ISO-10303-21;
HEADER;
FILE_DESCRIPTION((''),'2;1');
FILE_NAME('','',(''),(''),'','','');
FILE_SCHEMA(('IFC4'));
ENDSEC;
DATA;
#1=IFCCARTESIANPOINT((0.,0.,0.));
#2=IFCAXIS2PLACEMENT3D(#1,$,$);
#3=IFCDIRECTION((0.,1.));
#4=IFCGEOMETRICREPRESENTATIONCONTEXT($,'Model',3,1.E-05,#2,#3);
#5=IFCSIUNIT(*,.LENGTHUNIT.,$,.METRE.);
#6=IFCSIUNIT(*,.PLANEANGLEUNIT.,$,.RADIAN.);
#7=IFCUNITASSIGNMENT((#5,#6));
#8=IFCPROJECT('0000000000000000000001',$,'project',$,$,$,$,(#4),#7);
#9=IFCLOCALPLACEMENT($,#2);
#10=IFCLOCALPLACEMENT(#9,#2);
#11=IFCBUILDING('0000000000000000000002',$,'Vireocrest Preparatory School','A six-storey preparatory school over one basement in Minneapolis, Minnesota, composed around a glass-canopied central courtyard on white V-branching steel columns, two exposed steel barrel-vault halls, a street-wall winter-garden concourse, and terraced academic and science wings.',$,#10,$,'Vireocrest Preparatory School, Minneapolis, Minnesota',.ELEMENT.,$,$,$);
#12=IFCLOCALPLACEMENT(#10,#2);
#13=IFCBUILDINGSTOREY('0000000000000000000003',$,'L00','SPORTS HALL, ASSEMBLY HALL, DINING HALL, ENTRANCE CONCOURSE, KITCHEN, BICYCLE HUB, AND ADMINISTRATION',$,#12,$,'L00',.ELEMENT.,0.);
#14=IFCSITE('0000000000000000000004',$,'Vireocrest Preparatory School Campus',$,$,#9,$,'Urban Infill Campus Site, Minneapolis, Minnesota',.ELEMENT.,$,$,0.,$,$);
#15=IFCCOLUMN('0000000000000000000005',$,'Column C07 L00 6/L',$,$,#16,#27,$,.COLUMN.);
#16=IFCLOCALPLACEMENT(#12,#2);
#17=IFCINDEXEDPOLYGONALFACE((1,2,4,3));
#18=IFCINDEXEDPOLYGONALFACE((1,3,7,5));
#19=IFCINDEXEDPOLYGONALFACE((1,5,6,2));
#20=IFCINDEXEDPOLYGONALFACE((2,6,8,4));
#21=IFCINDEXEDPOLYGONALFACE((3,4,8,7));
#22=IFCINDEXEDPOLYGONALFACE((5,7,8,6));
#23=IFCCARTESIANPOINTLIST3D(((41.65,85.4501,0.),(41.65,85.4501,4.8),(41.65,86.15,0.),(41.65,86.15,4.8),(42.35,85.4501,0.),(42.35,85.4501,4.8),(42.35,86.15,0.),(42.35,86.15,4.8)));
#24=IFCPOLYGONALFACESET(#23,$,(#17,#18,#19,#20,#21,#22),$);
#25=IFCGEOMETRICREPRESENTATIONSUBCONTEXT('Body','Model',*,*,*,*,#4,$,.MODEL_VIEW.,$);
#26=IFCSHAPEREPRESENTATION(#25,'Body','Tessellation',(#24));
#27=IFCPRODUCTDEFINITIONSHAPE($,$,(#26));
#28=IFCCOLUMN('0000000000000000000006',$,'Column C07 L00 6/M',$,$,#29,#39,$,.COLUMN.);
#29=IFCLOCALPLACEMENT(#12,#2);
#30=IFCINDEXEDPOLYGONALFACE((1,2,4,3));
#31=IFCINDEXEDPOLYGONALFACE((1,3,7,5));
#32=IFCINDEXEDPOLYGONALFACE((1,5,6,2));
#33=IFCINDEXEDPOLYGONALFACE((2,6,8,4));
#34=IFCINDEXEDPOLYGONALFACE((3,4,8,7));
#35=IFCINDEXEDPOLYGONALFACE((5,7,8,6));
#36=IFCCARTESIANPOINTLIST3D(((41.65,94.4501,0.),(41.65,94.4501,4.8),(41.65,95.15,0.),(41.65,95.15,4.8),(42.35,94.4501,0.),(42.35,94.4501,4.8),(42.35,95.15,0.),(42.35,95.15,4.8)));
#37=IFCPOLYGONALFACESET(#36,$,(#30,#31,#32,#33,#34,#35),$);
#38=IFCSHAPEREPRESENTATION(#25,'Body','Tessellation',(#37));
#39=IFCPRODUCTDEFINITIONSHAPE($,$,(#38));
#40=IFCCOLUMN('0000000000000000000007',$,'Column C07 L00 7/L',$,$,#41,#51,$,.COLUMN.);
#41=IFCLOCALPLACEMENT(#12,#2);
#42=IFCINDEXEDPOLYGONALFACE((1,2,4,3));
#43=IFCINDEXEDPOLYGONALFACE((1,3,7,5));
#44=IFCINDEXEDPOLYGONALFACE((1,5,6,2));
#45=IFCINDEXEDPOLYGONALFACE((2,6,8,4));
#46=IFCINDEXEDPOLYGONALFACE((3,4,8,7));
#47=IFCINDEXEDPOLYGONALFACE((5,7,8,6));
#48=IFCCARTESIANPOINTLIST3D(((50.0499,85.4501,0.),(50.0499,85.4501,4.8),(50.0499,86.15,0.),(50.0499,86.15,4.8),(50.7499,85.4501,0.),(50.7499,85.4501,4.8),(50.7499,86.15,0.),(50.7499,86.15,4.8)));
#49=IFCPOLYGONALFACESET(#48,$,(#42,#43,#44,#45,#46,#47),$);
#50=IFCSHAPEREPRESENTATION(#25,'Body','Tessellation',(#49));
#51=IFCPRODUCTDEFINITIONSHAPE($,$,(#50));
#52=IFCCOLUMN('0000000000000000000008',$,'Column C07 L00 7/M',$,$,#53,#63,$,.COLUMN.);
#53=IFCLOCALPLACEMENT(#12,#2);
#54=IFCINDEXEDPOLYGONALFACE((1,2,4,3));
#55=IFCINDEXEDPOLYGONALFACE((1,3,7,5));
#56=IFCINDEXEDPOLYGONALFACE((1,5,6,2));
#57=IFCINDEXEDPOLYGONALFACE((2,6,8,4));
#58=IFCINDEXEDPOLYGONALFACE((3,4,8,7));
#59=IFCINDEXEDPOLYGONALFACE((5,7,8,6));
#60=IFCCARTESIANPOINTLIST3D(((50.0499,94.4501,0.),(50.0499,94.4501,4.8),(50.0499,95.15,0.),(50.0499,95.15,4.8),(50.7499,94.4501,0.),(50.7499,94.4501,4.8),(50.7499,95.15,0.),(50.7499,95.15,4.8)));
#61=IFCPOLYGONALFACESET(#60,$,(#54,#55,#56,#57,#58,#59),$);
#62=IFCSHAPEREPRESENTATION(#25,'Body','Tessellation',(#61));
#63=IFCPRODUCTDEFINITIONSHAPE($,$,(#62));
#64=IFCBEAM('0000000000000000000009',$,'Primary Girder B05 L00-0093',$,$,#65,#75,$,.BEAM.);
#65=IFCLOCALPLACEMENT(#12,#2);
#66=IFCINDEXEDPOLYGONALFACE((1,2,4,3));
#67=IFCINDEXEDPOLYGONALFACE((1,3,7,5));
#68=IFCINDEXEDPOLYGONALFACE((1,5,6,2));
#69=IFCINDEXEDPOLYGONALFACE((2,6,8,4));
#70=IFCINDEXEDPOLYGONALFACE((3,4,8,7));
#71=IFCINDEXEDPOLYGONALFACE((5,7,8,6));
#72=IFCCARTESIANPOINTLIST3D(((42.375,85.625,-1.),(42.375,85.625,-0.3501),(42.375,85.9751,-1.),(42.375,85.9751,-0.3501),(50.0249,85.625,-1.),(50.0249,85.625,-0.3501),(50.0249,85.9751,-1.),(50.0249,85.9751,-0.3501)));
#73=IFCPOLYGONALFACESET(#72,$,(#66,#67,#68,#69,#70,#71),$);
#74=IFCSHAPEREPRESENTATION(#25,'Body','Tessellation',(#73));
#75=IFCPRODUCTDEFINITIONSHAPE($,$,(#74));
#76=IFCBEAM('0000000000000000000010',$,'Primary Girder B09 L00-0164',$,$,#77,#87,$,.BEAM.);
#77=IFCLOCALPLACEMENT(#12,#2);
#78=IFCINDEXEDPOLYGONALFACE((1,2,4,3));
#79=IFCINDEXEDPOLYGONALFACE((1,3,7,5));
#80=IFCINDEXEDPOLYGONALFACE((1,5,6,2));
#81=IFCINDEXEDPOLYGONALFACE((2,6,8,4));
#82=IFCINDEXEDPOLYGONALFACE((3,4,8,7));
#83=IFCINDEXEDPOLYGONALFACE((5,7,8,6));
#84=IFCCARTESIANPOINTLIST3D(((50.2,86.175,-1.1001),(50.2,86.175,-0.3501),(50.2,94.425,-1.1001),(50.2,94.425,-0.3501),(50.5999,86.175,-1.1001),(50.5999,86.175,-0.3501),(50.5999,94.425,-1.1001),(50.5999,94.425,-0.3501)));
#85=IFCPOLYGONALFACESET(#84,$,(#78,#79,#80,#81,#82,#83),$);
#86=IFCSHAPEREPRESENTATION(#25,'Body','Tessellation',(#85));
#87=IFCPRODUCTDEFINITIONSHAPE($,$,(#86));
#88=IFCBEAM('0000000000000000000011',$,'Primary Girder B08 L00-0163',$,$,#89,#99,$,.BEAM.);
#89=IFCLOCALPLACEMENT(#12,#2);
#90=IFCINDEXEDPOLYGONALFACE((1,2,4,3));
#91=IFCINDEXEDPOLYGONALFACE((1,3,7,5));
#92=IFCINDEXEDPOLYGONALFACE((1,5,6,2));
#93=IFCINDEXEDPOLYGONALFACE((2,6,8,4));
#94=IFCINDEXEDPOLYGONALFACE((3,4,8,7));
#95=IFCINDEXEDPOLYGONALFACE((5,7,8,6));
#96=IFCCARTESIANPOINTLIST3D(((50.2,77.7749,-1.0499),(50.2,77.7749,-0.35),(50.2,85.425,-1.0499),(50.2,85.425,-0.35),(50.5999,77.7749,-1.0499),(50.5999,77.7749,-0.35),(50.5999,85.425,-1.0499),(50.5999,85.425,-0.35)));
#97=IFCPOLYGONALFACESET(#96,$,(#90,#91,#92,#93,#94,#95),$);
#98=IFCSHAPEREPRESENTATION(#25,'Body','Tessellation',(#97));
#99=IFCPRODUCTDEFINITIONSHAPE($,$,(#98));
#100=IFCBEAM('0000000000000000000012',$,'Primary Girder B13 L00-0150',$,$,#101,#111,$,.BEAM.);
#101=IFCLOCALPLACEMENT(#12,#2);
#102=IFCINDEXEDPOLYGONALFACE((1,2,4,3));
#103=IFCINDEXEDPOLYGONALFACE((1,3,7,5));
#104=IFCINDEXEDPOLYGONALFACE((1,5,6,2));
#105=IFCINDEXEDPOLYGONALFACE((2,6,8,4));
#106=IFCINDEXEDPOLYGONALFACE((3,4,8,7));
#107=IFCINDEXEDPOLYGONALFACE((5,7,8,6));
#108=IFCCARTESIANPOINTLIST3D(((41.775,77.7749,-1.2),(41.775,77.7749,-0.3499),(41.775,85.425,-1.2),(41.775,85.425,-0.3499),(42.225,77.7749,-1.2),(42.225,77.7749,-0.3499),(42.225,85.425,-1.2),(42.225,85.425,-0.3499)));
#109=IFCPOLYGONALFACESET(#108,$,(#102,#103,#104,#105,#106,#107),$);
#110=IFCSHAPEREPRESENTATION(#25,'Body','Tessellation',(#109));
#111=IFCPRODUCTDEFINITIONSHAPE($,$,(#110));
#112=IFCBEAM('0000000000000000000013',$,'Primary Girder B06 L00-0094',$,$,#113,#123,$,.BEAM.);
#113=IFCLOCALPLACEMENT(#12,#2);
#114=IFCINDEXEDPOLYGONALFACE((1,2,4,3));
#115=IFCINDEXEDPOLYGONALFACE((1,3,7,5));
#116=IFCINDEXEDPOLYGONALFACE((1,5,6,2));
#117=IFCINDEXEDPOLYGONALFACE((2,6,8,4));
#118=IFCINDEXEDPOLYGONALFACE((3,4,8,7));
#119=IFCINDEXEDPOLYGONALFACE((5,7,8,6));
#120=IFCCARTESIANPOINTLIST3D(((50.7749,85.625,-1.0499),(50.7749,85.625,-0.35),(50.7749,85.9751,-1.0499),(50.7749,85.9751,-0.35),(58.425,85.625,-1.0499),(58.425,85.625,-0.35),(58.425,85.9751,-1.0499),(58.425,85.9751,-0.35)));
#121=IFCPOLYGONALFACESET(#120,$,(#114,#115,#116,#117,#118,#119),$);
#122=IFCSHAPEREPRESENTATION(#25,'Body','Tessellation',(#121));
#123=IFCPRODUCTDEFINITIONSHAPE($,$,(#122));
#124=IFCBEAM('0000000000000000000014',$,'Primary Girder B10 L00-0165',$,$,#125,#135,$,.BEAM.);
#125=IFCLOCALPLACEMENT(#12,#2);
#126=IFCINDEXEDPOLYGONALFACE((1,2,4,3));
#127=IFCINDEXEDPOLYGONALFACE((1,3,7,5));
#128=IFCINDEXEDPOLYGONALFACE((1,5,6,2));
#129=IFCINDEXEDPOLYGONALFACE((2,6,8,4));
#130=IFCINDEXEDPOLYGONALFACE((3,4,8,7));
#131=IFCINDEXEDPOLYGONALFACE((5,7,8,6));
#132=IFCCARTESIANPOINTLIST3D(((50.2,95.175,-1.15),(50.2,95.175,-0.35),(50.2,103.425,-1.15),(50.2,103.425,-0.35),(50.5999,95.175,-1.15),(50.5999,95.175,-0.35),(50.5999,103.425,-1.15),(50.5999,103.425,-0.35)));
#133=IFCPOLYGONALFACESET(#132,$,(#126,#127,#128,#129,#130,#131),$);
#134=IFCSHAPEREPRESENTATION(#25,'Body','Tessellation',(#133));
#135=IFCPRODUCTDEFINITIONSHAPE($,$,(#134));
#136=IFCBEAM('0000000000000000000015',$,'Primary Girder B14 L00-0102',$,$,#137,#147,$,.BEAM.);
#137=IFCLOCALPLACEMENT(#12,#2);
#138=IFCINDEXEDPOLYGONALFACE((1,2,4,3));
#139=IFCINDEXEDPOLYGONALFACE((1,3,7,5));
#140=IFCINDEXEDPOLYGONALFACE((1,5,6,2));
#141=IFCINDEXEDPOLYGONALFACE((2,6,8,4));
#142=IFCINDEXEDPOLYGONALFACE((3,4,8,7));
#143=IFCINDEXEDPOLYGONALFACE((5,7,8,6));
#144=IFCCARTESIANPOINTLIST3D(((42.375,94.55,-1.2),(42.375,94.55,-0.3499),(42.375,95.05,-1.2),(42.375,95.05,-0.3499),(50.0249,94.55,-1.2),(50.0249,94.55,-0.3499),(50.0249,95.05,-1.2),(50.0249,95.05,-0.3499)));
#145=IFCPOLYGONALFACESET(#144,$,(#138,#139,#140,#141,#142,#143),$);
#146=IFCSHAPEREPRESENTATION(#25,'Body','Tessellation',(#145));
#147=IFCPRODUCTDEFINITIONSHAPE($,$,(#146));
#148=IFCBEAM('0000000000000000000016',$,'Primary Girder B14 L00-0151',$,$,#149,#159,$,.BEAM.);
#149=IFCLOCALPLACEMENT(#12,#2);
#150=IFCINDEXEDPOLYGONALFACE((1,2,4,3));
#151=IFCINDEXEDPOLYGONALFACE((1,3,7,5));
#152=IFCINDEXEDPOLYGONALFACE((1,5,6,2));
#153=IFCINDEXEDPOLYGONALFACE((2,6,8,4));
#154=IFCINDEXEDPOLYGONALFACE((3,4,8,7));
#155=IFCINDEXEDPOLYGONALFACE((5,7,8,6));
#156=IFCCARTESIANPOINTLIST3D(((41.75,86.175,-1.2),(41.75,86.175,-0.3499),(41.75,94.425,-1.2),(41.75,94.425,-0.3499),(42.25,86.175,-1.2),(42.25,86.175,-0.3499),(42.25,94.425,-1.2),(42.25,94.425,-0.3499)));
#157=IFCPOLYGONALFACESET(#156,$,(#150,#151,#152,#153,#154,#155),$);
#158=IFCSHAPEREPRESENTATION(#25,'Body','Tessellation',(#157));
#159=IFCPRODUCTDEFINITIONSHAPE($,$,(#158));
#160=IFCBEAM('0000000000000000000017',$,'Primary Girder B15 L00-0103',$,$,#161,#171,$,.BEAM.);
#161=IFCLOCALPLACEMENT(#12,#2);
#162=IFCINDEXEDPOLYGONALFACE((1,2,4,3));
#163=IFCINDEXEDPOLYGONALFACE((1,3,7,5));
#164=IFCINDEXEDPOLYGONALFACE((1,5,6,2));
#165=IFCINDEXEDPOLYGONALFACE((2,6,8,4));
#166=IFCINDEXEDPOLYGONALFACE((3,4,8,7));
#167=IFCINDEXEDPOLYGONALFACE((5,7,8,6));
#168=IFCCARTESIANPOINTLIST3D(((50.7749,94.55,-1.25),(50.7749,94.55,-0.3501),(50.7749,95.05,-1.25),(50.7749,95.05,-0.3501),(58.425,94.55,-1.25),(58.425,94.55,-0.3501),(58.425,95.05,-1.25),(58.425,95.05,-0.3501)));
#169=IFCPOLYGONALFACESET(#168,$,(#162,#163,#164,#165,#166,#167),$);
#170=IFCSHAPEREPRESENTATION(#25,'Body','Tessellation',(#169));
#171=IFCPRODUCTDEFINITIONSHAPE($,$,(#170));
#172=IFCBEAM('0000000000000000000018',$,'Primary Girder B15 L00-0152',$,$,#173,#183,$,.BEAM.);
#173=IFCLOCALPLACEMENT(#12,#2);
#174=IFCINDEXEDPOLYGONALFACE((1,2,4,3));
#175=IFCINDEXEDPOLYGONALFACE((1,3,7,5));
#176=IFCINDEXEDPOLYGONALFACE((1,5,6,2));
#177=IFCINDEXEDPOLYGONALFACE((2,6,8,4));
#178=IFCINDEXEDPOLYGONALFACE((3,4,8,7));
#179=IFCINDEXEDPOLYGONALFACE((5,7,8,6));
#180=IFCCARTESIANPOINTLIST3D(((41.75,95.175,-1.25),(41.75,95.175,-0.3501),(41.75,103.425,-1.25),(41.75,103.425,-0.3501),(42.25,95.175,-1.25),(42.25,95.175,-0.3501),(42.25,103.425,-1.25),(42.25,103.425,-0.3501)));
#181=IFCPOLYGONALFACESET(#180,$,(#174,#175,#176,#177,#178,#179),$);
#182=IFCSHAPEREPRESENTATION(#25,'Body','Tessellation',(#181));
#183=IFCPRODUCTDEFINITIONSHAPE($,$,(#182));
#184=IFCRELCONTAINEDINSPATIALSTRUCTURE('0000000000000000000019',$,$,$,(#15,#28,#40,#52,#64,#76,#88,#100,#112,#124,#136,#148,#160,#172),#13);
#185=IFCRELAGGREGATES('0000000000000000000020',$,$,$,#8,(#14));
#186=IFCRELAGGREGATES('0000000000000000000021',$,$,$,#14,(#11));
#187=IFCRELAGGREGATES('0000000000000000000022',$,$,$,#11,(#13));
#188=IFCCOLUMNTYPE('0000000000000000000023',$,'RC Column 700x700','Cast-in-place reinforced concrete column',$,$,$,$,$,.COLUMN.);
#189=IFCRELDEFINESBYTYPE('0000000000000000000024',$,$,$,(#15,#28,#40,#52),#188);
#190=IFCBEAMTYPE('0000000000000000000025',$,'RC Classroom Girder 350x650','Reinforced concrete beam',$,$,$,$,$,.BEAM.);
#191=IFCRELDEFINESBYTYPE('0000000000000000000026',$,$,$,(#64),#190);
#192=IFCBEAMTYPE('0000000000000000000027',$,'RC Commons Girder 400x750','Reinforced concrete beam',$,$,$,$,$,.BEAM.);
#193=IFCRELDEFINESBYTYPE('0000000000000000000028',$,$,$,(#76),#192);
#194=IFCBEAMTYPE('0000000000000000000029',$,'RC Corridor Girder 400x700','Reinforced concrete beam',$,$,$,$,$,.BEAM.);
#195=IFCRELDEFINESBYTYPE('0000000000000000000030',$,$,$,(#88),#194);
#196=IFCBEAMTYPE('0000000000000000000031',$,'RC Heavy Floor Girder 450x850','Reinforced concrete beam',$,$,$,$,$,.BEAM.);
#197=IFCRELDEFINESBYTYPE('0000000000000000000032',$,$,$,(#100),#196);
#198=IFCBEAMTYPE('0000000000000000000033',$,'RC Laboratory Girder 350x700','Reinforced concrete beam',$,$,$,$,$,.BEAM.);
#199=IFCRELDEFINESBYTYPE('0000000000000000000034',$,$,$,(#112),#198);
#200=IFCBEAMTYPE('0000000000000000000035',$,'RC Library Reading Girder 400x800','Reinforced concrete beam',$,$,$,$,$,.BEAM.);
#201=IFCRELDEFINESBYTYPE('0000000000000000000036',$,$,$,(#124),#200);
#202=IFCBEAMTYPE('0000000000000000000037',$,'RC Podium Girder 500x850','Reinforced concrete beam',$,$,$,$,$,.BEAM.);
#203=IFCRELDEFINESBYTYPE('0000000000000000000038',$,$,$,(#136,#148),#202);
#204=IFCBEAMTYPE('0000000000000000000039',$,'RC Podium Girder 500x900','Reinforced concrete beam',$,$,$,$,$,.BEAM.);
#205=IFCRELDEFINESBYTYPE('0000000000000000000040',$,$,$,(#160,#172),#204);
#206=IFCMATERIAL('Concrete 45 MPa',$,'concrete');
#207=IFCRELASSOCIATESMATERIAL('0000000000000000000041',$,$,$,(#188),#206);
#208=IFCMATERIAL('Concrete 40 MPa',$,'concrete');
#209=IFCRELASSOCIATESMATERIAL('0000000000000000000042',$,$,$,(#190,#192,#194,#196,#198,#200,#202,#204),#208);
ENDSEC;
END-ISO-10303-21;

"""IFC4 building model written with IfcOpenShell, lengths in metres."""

from ifc_helpers import new_model, si_unit, direction, frame, origin, origin_2d, place, context, subcontext, project, spatial, rectangle, extrude, material, material_profile, profile_set, type_object, element, save


model = new_model("IFC4")

# Units and contexts
model_context = context("Model", 3, precision=1e-05, world=origin(), true_north=direction((0.0, 1.0)))
body_context = subcontext(model_context, "Body", "Model", "MODEL_VIEW")
ifc_project = project(units=[si_unit("LENGTHUNIT", "METRE"), si_unit("PLANEANGLEUNIT", "RADIAN")], contexts=[model_context])

# Site, building, storey
site_placement = place(None, origin())
site = spatial("IfcSite", under=ifc_project, at=site_placement, Name="Vireocrest Preparatory School Campus", LongName="Urban Infill Campus Site, Minneapolis, Minnesota", CompositionType="ELEMENT", RefElevation=0.0)
building_placement = place(site_placement, origin())
building = spatial("IfcBuilding", under=site, at=building_placement, Name="Vireocrest Preparatory School", Description="A six-storey preparatory school over one basement in Minneapolis, Minnesota, composed around a glass-canopied central courtyard on white V-branching steel columns, two exposed steel barrel-vault halls, a street-wall winter-garden concourse, and terraced academic and science wings.", LongName="Vireocrest Preparatory School, Minneapolis, Minnesota", CompositionType="ELEMENT")
storey_placement = place(building_placement, origin())
storey = spatial("IfcBuildingStorey", under=building, at=storey_placement, Name="L00", Description="SPORTS HALL, ASSEMBLY HALL, DINING HALL, ENTRANCE CONCOURSE, KITCHEN, BICYCLE HUB, AND ADMINISTRATION", LongName="L00", CompositionType="ELEMENT", Elevation=0.0)

# Columns
ifc_material_1 = material(Name="Concrete 45 MPa", Category="concrete")
ifc_material_profile_1 = material_profile(ifc_material_1, rectangle(XDim=0.7, YDim=0.7, at=origin_2d()), Name="RC 700x700")
ifc_profile_set_1 = profile_set([ifc_material_profile_1], Name="Concrete 45 MPa")
column_type = type_object("IfcColumnType", Name="RC Column 700x700", Description="Cast-in-place reinforced concrete column", PredefinedType="COLUMN", material=ifc_profile_set_1)
for number, where, z_axis, x_axis, name in (
    (1, (42.0, 85.8, 0.0), (0.0, 0.0, 1.0), (1.0, 0.0, 0.0), "Column C07 L00 6/L"),
    (2, (42.0, 94.8, 0.0), (0.0, 0.0, 1.0), (1.0, 0.0, 0.0), "Column C07 L00 6/M"),
    (3, (50.3999, 85.8, 0.0), (0.0, 0.0, 1.0), (1.0, 0.0, 0.0), "Column C07 L00 7/L"),
    (4, (50.3999, 94.8, 0.0), (0.0, 0.0, 1.0), (1.0, 0.0, 0.0), "Column C07 L00 7/M"),
):
    element("IfcColumn", number, at=place(storey_placement, frame(where, z_axis=z_axis, x_axis=x_axis)), inside=storey, type_object=column_type, Name=name, PredefinedType="COLUMN", context=body_context, shape_type="SweptSolid", body=[
        extrude(rectangle(XDim=0.7, YDim=0.7, at=origin_2d()), origin(), (0.0, 0.0, 1.0), 4.8),
    ])

# Beams
ifc_material_2 = material(Name="Concrete 40 MPa", Category="concrete")
ifc_material_profile_2 = material_profile(ifc_material_2, rectangle(XDim=0.3501, YDim=0.6499, at=origin_2d()), Name="RC 350x650")
ifc_profile_set_2 = profile_set([ifc_material_profile_2], Name="Concrete 40 MPa")
beam_type_1 = type_object("IfcBeamType", Name="RC Classroom Girder 350x650", Description="Reinforced concrete beam", PredefinedType="BEAM", material=ifc_profile_set_2)
beam_1_placement = place(storey_placement, frame((42.375, 85.8, -0.675), z_axis=(1.0, 0.0, 0.0), x_axis=(0.0, 1.0, 0.0)))
element("IfcBeam", 5, at=beam_1_placement, inside=storey, type_object=beam_type_1, Name="Primary Girder B05 L00-0093", PredefinedType="BEAM", context=body_context, shape_type="SweptSolid", body=[
    extrude(rectangle(XDim=0.3501, YDim=0.6499, at=origin_2d()), origin(), (0.0, 0.0, 1.0), 7.6499),
])
ifc_material_profile_3 = material_profile(ifc_material_2, rectangle(XDim=0.3999, YDim=0.75, at=origin_2d()), Name="RC 400x750")
ifc_profile_set_3 = profile_set([ifc_material_profile_3], Name="Concrete 40 MPa")
beam_type_2 = type_object("IfcBeamType", Name="RC Commons Girder 400x750", Description="Reinforced concrete beam", PredefinedType="BEAM", material=ifc_profile_set_3)
beam_2_placement = place(storey_placement, frame((50.3999, 86.175, -0.7251), z_axis=(0.0, 1.0, 0.0), x_axis=(-1.0, 0.0, 0.0)))
element("IfcBeam", 6, at=beam_2_placement, inside=storey, type_object=beam_type_2, Name="Primary Girder B09 L00-0164", PredefinedType="BEAM", context=body_context, shape_type="SweptSolid", body=[
    extrude(rectangle(XDim=0.3999, YDim=0.75, at=origin_2d()), origin(), (0.0, 0.0, 1.0), 8.25),
])
ifc_material_profile_4 = material_profile(ifc_material_2, rectangle(XDim=0.3999, YDim=0.7, at=origin_2d()), Name="RC 400x700")
ifc_profile_set_4 = profile_set([ifc_material_profile_4], Name="Concrete 40 MPa")
beam_type_3 = type_object("IfcBeamType", Name="RC Corridor Girder 400x700", Description="Reinforced concrete beam", PredefinedType="BEAM", material=ifc_profile_set_4)
beam_3_placement = place(storey_placement, frame((50.3999, 77.7749, -0.7), z_axis=(0.0, 1.0, 0.0), x_axis=(-1.0, 0.0, 0.0)))
element("IfcBeam", 7, at=beam_3_placement, inside=storey, type_object=beam_type_3, Name="Primary Girder B08 L00-0163", PredefinedType="BEAM", context=body_context, shape_type="SweptSolid", body=[
    extrude(rectangle(XDim=0.3999, YDim=0.7, at=origin_2d()), origin(), (0.0, 0.0, 1.0), 7.6501),
])
ifc_material_profile_5 = material_profile(ifc_material_2, rectangle(XDim=0.45, YDim=0.8501, at=origin_2d()), Name="RC 450x850")
ifc_profile_set_5 = profile_set([ifc_material_profile_5], Name="Concrete 40 MPa")
beam_type_4 = type_object("IfcBeamType", Name="RC Heavy Floor Girder 450x850", Description="Reinforced concrete beam", PredefinedType="BEAM", material=ifc_profile_set_5)
beam_4_placement = place(storey_placement, frame((42.0, 77.7749, -0.7749), z_axis=(0.0, 1.0, 0.0), x_axis=(-1.0, 0.0, 0.0)))
element("IfcBeam", 8, at=beam_4_placement, inside=storey, type_object=beam_type_4, Name="Primary Girder B13 L00-0150", PredefinedType="BEAM", context=body_context, shape_type="SweptSolid", body=[
    extrude(rectangle(XDim=0.45, YDim=0.8501, at=origin_2d()), origin(), (0.0, 0.0, 1.0), 7.6501),
])
ifc_material_profile_6 = material_profile(ifc_material_2, rectangle(XDim=0.3501, YDim=0.7, at=origin_2d()), Name="RC 350x700")
ifc_profile_set_6 = profile_set([ifc_material_profile_6], Name="Concrete 40 MPa")
beam_type_5 = type_object("IfcBeamType", Name="RC Laboratory Girder 350x700", Description="Reinforced concrete beam", PredefinedType="BEAM", material=ifc_profile_set_6)
beam_5_placement = place(storey_placement, frame((50.7749, 85.8, -0.7), z_axis=(1.0, 0.0, 0.0), x_axis=(0.0, 1.0, 0.0)))
element("IfcBeam", 9, at=beam_5_placement, inside=storey, type_object=beam_type_5, Name="Primary Girder B06 L00-0094", PredefinedType="BEAM", context=body_context, shape_type="SweptSolid", body=[
    extrude(rectangle(XDim=0.3501, YDim=0.7, at=origin_2d()), origin(), (0.0, 0.0, 1.0), 7.6501),
])
ifc_material_profile_7 = material_profile(ifc_material_2, rectangle(XDim=0.3999, YDim=0.8, at=origin_2d()), Name="RC 400x800")
ifc_profile_set_7 = profile_set([ifc_material_profile_7], Name="Concrete 40 MPa")
beam_type_6 = type_object("IfcBeamType", Name="RC Library Reading Girder 400x800", Description="Reinforced concrete beam", PredefinedType="BEAM", material=ifc_profile_set_7)
beam_6_placement = place(storey_placement, frame((50.3999, 95.175, -0.75), z_axis=(0.0, 1.0, 0.0), x_axis=(-1.0, 0.0, 0.0)))
element("IfcBeam", 10, at=beam_6_placement, inside=storey, type_object=beam_type_6, Name="Primary Girder B10 L00-0165", PredefinedType="BEAM", context=body_context, shape_type="SweptSolid", body=[
    extrude(rectangle(XDim=0.3999, YDim=0.8, at=origin_2d()), origin(), (0.0, 0.0, 1.0), 8.25),
])
ifc_material_profile_8 = material_profile(ifc_material_2, rectangle(XDim=0.5, YDim=0.8501, at=origin_2d()), Name="RC 500x850")
ifc_profile_set_8 = profile_set([ifc_material_profile_8], Name="Concrete 40 MPa")
beam_type_7 = type_object("IfcBeamType", Name="RC Podium Girder 500x850", Description="Reinforced concrete beam", PredefinedType="BEAM", material=ifc_profile_set_8)
beam_7_placement = place(storey_placement, frame((42.375, 94.8, -0.7749), z_axis=(1.0, 0.0, 0.0), x_axis=(0.0, 1.0, 0.0)))
element("IfcBeam", 11, at=beam_7_placement, inside=storey, type_object=beam_type_7, Name="Primary Girder B14 L00-0102", PredefinedType="BEAM", context=body_context, shape_type="SweptSolid", body=[
    extrude(rectangle(XDim=0.5, YDim=0.8501, at=origin_2d()), origin(), (0.0, 0.0, 1.0), 7.6499),
])
beam_8_placement = place(storey_placement, frame((42.0, 86.175, -0.7749), z_axis=(0.0, 1.0, 0.0), x_axis=(-1.0, 0.0, 0.0)))
element("IfcBeam", 12, at=beam_8_placement, inside=storey, type_object=beam_type_7, Name="Primary Girder B14 L00-0151", PredefinedType="BEAM", context=body_context, shape_type="SweptSolid", body=[
    extrude(rectangle(XDim=0.5, YDim=0.8501, at=origin_2d()), origin(), (0.0, 0.0, 1.0), 8.25),
])
ifc_material_profile_9 = material_profile(ifc_material_2, rectangle(XDim=0.5, YDim=0.8999, at=origin_2d()), Name="RC 500x900")
ifc_profile_set_9 = profile_set([ifc_material_profile_9], Name="Concrete 40 MPa")
beam_type_8 = type_object("IfcBeamType", Name="RC Podium Girder 500x900", Description="Reinforced concrete beam", PredefinedType="BEAM", material=ifc_profile_set_9)
beam_9_placement = place(storey_placement, frame((50.7749, 94.8, -0.8), z_axis=(1.0, 0.0, 0.0), x_axis=(0.0, 1.0, 0.0)))
element("IfcBeam", 13, at=beam_9_placement, inside=storey, type_object=beam_type_8, Name="Primary Girder B15 L00-0103", PredefinedType="BEAM", context=body_context, shape_type="SweptSolid", body=[
    extrude(rectangle(XDim=0.5, YDim=0.8999, at=origin_2d()), origin(), (0.0, 0.0, 1.0), 7.6501),
])
beam_10_placement = place(storey_placement, frame((42.0, 95.175, -0.8), z_axis=(0.0, 1.0, 0.0), x_axis=(-1.0, 0.0, 0.0)))
element("IfcBeam", 14, at=beam_10_placement, inside=storey, type_object=beam_type_8, Name="Primary Girder B15 L00-0152", PredefinedType="BEAM", context=body_context, shape_type="SweptSolid", body=[
    extrude(rectangle(XDim=0.5, YDim=0.8999, at=origin_2d()), origin(), (0.0, 0.0, 1.0), 8.25),
])

save(model, "model.ifc")
